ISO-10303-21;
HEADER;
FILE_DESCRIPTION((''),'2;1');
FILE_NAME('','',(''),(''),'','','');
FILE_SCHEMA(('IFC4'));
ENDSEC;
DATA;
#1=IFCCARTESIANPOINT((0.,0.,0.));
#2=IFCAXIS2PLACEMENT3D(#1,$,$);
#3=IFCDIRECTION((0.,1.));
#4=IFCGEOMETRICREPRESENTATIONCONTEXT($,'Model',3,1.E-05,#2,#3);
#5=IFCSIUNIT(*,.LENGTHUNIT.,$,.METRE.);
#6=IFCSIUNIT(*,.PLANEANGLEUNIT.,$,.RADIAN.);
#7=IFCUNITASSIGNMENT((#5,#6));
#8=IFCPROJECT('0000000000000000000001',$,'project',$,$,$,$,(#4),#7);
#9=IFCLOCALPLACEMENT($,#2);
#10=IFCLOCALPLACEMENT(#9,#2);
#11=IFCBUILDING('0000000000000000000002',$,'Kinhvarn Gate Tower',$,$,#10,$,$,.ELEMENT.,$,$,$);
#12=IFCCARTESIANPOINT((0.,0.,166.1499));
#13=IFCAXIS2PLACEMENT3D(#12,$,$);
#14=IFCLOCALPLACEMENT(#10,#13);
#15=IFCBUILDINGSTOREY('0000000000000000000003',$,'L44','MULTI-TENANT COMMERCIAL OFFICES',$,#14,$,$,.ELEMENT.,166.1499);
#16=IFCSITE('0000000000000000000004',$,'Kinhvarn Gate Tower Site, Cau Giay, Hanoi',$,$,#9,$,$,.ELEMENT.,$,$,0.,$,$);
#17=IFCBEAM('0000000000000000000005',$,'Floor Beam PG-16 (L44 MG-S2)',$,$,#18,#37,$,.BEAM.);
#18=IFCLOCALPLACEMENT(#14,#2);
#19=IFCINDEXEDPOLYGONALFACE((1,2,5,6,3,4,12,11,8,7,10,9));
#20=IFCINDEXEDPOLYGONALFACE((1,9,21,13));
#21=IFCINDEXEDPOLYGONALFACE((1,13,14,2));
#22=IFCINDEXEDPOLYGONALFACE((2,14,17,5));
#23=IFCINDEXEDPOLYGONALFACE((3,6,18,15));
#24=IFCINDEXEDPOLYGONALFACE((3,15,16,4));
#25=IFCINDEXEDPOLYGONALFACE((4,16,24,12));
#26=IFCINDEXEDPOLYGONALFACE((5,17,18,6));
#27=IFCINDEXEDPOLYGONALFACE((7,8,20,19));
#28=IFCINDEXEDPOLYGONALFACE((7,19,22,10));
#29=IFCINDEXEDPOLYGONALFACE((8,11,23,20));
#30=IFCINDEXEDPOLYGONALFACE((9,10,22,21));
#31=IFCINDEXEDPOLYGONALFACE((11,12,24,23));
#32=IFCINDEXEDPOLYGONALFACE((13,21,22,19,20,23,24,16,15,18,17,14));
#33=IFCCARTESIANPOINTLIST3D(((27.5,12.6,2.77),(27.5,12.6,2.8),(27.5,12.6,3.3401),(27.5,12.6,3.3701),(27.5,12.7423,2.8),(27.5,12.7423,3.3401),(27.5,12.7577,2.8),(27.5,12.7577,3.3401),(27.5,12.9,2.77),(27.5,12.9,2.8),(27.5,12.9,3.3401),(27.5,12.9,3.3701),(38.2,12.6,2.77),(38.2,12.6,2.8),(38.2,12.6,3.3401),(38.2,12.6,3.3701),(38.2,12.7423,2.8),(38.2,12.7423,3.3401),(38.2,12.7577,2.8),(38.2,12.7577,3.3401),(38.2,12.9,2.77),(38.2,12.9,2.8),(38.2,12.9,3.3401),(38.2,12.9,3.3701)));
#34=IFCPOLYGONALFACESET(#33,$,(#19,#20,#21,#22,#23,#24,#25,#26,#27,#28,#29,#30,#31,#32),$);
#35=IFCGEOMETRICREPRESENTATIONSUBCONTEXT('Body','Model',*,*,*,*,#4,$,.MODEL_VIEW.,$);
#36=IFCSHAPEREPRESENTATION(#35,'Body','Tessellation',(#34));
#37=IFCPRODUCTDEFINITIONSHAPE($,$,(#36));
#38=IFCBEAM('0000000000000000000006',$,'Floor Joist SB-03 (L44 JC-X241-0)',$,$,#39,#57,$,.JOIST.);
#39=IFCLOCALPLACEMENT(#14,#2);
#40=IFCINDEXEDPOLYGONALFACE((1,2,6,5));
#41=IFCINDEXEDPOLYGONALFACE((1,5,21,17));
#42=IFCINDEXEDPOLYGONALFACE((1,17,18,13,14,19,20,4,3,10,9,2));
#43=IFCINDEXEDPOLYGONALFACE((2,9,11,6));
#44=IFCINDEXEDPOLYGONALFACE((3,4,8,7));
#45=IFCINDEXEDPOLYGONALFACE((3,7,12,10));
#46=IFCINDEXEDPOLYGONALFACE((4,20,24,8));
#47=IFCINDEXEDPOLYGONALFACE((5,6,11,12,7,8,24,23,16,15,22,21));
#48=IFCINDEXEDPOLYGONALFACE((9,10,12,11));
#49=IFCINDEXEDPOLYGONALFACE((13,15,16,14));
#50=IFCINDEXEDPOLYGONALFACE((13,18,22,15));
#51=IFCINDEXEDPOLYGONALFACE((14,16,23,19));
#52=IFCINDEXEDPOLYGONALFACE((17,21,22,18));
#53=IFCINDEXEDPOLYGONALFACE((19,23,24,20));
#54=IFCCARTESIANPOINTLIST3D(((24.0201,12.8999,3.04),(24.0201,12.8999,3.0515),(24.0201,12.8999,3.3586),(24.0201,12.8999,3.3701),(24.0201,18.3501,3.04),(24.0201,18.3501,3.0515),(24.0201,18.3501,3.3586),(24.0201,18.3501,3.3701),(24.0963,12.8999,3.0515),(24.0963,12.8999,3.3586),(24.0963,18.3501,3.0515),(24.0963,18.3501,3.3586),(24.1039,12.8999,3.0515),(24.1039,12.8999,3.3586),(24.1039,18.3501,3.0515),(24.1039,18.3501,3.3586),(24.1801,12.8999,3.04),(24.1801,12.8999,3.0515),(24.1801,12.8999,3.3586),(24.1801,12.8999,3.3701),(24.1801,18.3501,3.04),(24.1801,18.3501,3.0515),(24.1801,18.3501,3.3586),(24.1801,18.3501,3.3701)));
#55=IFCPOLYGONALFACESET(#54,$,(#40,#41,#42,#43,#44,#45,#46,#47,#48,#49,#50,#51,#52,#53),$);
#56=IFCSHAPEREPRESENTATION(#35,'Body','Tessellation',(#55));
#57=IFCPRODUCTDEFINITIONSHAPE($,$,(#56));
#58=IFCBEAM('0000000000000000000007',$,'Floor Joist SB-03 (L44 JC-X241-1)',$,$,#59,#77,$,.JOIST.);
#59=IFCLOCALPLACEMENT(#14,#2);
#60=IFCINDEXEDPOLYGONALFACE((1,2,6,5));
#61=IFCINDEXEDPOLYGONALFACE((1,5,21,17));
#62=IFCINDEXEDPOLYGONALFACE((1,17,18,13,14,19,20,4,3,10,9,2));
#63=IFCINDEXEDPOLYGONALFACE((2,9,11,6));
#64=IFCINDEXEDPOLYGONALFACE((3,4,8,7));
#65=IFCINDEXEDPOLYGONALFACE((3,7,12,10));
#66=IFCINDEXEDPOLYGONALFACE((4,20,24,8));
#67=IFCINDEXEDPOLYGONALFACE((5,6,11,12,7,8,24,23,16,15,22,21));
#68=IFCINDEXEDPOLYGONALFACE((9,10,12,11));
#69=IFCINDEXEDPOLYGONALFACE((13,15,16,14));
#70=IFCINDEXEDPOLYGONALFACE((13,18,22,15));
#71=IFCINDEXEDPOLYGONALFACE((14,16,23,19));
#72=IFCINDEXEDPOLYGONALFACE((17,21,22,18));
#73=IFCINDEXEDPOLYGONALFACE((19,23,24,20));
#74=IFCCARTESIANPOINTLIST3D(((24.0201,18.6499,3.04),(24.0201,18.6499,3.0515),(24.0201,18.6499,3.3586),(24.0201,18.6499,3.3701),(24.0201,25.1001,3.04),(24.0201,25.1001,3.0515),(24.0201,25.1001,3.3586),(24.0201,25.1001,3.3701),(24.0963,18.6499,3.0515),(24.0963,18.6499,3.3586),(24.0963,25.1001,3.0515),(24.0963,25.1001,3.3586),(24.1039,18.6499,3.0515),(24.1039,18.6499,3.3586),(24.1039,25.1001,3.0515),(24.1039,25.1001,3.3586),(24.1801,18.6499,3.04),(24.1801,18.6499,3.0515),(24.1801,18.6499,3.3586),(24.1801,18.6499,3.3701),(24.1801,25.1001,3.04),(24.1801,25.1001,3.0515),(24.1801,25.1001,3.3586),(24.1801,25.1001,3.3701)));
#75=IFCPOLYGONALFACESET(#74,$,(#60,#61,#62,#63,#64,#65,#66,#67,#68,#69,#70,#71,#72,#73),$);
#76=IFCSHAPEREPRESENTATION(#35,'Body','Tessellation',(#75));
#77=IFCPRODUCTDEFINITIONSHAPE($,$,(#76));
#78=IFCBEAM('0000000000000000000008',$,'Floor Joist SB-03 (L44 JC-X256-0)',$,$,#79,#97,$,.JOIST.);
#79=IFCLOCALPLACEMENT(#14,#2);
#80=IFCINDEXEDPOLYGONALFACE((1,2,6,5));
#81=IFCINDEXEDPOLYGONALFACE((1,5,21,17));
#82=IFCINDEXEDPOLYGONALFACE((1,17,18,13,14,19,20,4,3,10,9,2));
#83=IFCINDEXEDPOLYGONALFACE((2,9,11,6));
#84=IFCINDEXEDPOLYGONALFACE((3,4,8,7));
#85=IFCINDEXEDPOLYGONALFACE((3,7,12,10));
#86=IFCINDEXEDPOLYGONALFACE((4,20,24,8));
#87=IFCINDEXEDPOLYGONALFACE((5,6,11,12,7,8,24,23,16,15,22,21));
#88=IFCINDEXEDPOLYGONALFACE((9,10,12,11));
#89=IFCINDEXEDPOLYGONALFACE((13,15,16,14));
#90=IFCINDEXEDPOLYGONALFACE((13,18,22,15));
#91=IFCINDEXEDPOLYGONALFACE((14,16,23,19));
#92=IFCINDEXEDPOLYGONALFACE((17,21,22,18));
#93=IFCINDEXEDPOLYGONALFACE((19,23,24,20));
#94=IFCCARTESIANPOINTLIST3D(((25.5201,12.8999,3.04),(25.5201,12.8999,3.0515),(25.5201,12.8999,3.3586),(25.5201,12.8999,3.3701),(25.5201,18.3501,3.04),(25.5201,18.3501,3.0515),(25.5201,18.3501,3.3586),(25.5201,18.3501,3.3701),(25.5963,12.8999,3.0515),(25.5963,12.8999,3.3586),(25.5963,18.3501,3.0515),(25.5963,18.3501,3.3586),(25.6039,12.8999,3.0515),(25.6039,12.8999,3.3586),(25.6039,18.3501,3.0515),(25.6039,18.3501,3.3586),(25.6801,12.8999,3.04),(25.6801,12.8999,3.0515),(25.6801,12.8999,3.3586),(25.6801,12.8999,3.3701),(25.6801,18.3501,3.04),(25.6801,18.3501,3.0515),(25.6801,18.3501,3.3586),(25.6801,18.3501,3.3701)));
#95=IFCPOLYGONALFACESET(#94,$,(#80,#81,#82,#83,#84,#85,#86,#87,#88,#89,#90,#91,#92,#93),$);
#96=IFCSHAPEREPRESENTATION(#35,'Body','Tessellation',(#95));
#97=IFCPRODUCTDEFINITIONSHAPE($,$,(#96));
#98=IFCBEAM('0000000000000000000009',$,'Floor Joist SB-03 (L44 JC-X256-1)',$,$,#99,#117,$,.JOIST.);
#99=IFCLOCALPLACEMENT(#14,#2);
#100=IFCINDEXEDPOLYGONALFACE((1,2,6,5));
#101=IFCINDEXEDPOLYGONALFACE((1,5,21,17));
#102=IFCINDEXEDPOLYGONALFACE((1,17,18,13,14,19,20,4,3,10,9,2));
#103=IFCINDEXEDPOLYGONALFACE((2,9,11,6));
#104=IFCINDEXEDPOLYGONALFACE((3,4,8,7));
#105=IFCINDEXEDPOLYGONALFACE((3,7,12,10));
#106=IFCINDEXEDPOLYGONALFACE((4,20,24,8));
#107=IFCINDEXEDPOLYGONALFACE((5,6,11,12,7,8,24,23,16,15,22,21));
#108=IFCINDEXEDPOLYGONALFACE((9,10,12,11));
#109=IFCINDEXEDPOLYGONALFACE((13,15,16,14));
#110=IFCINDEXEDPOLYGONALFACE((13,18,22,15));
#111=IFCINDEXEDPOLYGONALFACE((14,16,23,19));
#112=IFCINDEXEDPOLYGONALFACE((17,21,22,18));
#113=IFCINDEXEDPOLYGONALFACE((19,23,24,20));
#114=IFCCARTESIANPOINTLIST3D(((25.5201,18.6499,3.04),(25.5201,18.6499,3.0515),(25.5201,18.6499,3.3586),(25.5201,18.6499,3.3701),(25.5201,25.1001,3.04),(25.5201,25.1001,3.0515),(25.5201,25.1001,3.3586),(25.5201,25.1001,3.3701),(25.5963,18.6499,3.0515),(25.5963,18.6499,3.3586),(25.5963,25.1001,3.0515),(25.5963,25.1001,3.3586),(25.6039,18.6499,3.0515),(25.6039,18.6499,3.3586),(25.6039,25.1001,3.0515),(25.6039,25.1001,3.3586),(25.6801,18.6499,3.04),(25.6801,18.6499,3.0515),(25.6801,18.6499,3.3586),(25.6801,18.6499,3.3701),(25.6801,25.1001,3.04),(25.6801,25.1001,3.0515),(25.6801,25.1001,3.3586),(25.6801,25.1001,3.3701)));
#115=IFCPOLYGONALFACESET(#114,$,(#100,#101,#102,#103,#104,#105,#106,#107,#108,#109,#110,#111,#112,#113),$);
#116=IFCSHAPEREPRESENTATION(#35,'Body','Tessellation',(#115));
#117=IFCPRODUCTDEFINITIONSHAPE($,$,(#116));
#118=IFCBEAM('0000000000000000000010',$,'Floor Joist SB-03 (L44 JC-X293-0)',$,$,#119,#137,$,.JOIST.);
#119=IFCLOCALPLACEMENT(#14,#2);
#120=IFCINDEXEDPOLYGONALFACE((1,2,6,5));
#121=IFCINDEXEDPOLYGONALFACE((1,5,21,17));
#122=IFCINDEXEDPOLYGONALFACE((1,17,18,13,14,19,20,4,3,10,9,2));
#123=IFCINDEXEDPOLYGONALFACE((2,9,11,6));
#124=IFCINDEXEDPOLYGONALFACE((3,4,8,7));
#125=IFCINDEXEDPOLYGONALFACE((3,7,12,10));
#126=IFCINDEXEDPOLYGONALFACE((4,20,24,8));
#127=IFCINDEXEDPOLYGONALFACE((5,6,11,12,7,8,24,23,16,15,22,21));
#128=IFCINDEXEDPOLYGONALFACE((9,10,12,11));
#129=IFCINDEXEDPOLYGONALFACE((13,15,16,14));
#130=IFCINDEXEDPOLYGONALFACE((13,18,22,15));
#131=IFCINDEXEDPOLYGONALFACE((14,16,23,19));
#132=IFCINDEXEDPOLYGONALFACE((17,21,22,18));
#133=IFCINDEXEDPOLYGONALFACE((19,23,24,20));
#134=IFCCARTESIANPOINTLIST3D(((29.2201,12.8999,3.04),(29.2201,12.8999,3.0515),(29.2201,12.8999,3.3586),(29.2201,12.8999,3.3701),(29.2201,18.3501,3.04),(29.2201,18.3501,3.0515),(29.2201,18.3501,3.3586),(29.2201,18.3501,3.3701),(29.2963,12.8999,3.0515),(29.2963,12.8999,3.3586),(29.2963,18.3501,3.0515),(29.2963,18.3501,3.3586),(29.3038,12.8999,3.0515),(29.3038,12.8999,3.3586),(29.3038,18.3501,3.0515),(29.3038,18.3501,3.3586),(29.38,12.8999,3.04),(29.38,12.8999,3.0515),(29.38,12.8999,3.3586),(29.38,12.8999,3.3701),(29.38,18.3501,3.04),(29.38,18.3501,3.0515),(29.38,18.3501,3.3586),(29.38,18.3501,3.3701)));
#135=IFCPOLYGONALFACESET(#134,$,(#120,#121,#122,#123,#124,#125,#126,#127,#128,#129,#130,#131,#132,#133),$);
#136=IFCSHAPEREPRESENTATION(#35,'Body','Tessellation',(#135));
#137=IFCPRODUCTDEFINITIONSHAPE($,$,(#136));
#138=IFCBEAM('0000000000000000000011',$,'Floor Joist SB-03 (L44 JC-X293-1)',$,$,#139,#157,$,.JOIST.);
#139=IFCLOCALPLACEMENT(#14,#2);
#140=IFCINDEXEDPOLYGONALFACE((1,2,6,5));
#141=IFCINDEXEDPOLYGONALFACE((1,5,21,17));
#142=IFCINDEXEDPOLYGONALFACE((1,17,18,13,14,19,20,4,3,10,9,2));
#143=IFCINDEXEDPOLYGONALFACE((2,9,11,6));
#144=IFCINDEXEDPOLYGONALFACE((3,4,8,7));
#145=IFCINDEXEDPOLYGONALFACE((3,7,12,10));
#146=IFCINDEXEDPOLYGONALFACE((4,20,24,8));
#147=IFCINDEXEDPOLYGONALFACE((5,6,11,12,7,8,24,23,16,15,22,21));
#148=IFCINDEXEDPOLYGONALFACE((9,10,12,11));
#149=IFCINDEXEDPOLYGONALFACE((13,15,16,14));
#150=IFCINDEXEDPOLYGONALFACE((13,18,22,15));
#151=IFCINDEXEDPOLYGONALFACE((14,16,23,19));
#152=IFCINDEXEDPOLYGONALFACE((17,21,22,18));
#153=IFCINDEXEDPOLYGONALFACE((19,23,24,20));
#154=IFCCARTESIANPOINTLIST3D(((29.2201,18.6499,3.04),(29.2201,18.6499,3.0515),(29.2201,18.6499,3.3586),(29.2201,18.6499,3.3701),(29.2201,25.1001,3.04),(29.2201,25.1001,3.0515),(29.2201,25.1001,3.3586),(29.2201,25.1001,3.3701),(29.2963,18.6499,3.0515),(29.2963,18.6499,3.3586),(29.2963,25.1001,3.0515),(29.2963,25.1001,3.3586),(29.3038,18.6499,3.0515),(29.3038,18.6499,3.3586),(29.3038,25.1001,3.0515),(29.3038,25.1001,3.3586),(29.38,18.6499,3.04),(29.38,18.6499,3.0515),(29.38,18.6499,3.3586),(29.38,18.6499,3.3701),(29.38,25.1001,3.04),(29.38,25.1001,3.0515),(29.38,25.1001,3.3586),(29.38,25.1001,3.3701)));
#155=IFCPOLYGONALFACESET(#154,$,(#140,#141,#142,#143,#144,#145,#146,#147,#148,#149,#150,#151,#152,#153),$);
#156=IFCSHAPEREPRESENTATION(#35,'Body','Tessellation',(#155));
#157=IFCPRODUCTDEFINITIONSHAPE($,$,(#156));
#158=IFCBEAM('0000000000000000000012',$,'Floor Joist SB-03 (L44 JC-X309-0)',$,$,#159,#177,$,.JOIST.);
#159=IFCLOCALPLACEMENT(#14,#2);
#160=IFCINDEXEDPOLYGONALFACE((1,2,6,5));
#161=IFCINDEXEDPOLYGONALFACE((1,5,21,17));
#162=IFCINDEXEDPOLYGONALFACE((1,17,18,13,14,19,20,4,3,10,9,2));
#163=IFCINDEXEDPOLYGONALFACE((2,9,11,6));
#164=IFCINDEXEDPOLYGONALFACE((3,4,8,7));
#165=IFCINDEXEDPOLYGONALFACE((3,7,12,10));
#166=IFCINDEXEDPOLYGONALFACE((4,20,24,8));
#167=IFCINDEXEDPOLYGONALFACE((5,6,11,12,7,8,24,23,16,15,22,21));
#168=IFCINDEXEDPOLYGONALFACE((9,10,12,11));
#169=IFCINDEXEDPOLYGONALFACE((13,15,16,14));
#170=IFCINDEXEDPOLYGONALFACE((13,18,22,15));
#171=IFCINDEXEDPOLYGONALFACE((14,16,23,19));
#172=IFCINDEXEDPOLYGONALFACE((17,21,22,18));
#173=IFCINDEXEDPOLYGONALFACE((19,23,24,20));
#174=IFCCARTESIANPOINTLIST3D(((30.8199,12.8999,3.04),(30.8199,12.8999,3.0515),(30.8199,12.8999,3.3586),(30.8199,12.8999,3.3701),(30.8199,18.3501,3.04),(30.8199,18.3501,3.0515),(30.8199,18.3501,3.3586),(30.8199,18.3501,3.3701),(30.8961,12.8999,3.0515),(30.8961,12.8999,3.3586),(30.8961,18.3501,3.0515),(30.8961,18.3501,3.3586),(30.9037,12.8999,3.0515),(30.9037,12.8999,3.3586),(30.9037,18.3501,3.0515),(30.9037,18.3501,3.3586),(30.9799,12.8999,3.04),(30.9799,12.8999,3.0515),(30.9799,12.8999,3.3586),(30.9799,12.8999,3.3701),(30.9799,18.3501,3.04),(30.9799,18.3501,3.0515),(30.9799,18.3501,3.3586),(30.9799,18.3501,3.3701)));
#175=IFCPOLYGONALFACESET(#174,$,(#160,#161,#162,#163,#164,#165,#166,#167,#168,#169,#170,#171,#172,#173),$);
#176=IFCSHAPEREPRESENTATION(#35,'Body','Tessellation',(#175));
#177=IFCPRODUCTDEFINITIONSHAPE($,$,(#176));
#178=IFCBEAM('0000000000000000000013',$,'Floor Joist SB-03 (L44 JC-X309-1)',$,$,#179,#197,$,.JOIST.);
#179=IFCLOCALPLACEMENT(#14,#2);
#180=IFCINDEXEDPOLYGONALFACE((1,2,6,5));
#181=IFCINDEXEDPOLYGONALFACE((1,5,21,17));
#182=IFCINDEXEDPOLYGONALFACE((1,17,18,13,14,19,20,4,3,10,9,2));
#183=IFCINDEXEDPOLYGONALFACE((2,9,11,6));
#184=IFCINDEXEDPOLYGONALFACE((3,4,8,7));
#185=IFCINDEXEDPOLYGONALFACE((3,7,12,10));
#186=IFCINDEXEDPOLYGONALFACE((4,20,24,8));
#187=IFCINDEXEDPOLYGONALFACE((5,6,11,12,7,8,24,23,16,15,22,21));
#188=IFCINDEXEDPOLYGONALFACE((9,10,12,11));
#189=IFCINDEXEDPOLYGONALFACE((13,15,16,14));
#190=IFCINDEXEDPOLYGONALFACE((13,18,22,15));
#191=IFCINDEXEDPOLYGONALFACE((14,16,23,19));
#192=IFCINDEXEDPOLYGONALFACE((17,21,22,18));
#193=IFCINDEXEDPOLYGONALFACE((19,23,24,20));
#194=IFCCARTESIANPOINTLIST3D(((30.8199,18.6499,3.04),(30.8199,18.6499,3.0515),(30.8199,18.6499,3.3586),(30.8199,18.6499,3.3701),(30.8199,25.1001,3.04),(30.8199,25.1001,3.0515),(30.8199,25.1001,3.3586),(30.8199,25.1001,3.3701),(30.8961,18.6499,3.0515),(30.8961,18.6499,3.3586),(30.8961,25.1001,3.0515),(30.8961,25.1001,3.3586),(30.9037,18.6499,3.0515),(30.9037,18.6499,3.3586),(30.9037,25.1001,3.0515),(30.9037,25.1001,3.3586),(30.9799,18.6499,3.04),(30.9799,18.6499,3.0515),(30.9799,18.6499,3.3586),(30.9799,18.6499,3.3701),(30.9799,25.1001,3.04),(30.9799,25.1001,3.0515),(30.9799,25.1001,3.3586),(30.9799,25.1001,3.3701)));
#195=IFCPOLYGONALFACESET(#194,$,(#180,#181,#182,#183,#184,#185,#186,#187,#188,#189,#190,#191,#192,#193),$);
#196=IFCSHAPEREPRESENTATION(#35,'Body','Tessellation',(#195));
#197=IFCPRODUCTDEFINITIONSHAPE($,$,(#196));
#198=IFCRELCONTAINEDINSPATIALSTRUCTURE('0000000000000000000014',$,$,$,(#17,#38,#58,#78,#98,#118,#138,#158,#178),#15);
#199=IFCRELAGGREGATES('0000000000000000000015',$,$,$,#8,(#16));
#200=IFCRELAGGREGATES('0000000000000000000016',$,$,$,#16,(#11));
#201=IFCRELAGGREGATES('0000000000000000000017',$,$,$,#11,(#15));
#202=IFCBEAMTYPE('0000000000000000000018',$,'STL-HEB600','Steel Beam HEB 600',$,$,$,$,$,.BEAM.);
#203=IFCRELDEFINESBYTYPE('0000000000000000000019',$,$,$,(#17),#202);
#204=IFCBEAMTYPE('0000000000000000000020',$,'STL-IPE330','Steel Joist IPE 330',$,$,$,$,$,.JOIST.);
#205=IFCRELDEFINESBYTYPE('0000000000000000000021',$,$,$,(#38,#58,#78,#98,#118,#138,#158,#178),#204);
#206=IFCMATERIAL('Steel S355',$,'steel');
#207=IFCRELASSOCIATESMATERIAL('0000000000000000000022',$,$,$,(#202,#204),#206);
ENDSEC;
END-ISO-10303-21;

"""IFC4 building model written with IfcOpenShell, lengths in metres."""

from ifc_helpers import new_model, si_unit, direction, frame, origin, origin_2d, place, context, subcontext, project, spatial, i_section, extrude, material, material_profile, profile_set, type_object, element, save


model = new_model("IFC4")

# Units and contexts
model_context = context("Model", 3, precision=1e-05, world=origin(), true_north=direction((0.0, 1.0)))
body_context = subcontext(model_context, "Body", "Model", "MODEL_VIEW")
ifc_project = project(units=[si_unit("LENGTHUNIT", "METRE"), si_unit("PLANEANGLEUNIT", "RADIAN")], contexts=[model_context])

# Site, building, storey
site_placement = place(None, origin())
site = spatial("IfcSite", under=ifc_project, at=site_placement, Name="Kinhvarn Gate Tower Site, Cau Giay, Hanoi", CompositionType="ELEMENT", RefElevation=0.0)
building_placement = place(site_placement, origin())
building = spatial("IfcBuilding", under=site, at=building_placement, Name="Kinhvarn Gate Tower", CompositionType="ELEMENT")
storey_placement = place(building_placement, frame((0.0, 0.0, 166.1499)))
storey = spatial("IfcBuildingStorey", under=building, at=storey_placement, Name="L44", Description="MULTI-TENANT COMMERCIAL OFFICES", CompositionType="ELEMENT", Elevation=166.1499)

# Beams
ifc_material_1 = material(Name="Steel S355", Category="steel")
ifc_material_profile_1 = material_profile(ifc_material_1, i_section(OverallWidth=0.3, OverallDepth=0.6001, WebThickness=0.0154, FlangeThickness=0.03, at=origin_2d()), Name="HEB 600")
ifc_profile_set_1 = profile_set([ifc_material_profile_1], Name="Steel S355")
beam_type_1 = type_object("IfcBeamType", Name="STL-HEB600", Description="Steel Beam HEB 600", PredefinedType="BEAM", material=ifc_profile_set_1)
beam_1_placement = place(storey_placement, frame((27.5, 12.75, 3.0701), z_axis=(1.0, 0.0, 0.0), x_axis=(0.0, 1.0, 0.0)))
element("IfcBeam", 1, at=beam_1_placement, inside=storey, type_object=beam_type_1, Name="Floor Beam PG-16 (L44 MG-S2)", PredefinedType="BEAM", context=body_context, shape_type="SweptSolid", body=[
    extrude(i_section(OverallWidth=0.3, OverallDepth=0.6001, WebThickness=0.0154, FlangeThickness=0.03, at=origin_2d()), origin(), (0.0, 0.0, 1.0), 10.7),
])
ifc_material_profile_2 = material_profile(ifc_material_1, i_section(OverallWidth=0.1599, OverallDepth=0.3301, WebThickness=0.0076, FlangeThickness=0.0115, at=origin_2d()), Name="IPE 330")
ifc_profile_set_2 = profile_set([ifc_material_profile_2], Name="Steel S355")
beam_type_2 = type_object("IfcBeamType", Name="STL-IPE330", Description="Steel Joist IPE 330", PredefinedType="JOIST", material=ifc_profile_set_2)
beam_2_placement = place(storey_placement, frame((24.1001, 12.8999, 3.2051), z_axis=(0.0, 1.0, 0.0), x_axis=(-1.0, 0.0, 0.0)))
element("IfcBeam", 2, at=beam_2_placement, inside=storey, type_object=beam_type_2, Name="Floor Joist SB-03 (L44 JC-X241-0)", PredefinedType="JOIST", context=body_context, shape_type="SweptSolid", body=[
    extrude(i_section(OverallWidth=0.1599, OverallDepth=0.3301, WebThickness=0.0076, FlangeThickness=0.0115, at=origin_2d()), origin(), (0.0, 0.0, 1.0), 5.4502),
])
beam_3_placement = place(storey_placement, frame((24.1001, 18.6499, 3.2051), z_axis=(0.0, 1.0, 0.0), x_axis=(-1.0, 0.0, 0.0)))
element("IfcBeam", 3, at=beam_3_placement, inside=storey, type_object=beam_type_2, Name="Floor Joist SB-03 (L44 JC-X241-1)", PredefinedType="JOIST", context=body_context, shape_type="SweptSolid", body=[
    extrude(i_section(OverallWidth=0.1599, OverallDepth=0.3301, WebThickness=0.0076, FlangeThickness=0.0115, at=origin_2d()), origin(), (0.0, 0.0, 1.0), 6.4502),
])
beam_4_placement = place(storey_placement, frame((25.6001, 12.8999, 3.2051), z_axis=(0.0, 1.0, 0.0), x_axis=(-1.0, 0.0, 0.0)))
element("IfcBeam", 4, at=beam_4_placement, inside=storey, type_object=beam_type_2, Name="Floor Joist SB-03 (L44 JC-X256-0)", PredefinedType="JOIST", context=body_context, shape_type="SweptSolid", body=[
    extrude(i_section(OverallWidth=0.1599, OverallDepth=0.3301, WebThickness=0.0076, FlangeThickness=0.0115, at=origin_2d()), origin(), (0.0, 0.0, 1.0), 5.4502),
])
beam_5_placement = place(storey_placement, frame((25.6001, 18.6499, 3.2051), z_axis=(0.0, 1.0, 0.0), x_axis=(-1.0, 0.0, 0.0)))
element("IfcBeam", 5, at=beam_5_placement, inside=storey, type_object=beam_type_2, Name="Floor Joist SB-03 (L44 JC-X256-1)", PredefinedType="JOIST", context=body_context, shape_type="SweptSolid", body=[
    extrude(i_section(OverallWidth=0.1599, OverallDepth=0.3301, WebThickness=0.0076, FlangeThickness=0.0115, at=origin_2d()), origin(), (0.0, 0.0, 1.0), 6.4502),
])
beam_6_placement = place(storey_placement, frame((29.3, 12.8999, 3.2051), z_axis=(0.0, 1.0, 0.0), x_axis=(-1.0, 0.0, 0.0)))
element("IfcBeam", 6, at=beam_6_placement, inside=storey, type_object=beam_type_2, Name="Floor Joist SB-03 (L44 JC-X293-0)", PredefinedType="JOIST", context=body_context, shape_type="SweptSolid", body=[
    extrude(i_section(OverallWidth=0.1599, OverallDepth=0.3301, WebThickness=0.0076, FlangeThickness=0.0115, at=origin_2d()), origin(), (0.0, 0.0, 1.0), 5.4502),
])
beam_7_placement = place(storey_placement, frame((29.3, 18.6499, 3.2051), z_axis=(0.0, 1.0, 0.0), x_axis=(-1.0, 0.0, 0.0)))
element("IfcBeam", 7, at=beam_7_placement, inside=storey, type_object=beam_type_2, Name="Floor Joist SB-03 (L44 JC-X293-1)", PredefinedType="JOIST", context=body_context, shape_type="SweptSolid", body=[
    extrude(i_section(OverallWidth=0.1599, OverallDepth=0.3301, WebThickness=0.0076, FlangeThickness=0.0115, at=origin_2d()), origin(), (0.0, 0.0, 1.0), 6.4502),
])
beam_8_placement = place(storey_placement, frame((30.8999, 12.8999, 3.2051), z_axis=(0.0, 1.0, 0.0), x_axis=(-1.0, 0.0, 0.0)))
element("IfcBeam", 8, at=beam_8_placement, inside=storey, type_object=beam_type_2, Name="Floor Joist SB-03 (L44 JC-X309-0)", PredefinedType="JOIST", context=body_context, shape_type="SweptSolid", body=[
    extrude(i_section(OverallWidth=0.1599, OverallDepth=0.3301, WebThickness=0.0076, FlangeThickness=0.0115, at=origin_2d()), origin(), (0.0, 0.0, 1.0), 5.4502),
])
beam_9_placement = place(storey_placement, frame((30.8999, 18.6499, 3.2051), z_axis=(0.0, 1.0, 0.0), x_axis=(-1.0, 0.0, 0.0)))
element("IfcBeam", 9, at=beam_9_placement, inside=storey, type_object=beam_type_2, Name="Floor Joist SB-03 (L44 JC-X309-1)", PredefinedType="JOIST", context=body_context, shape_type="SweptSolid", body=[
    extrude(i_section(OverallWidth=0.1599, OverallDepth=0.3301, WebThickness=0.0076, FlangeThickness=0.0115, at=origin_2d()), origin(), (0.0, 0.0, 1.0), 6.4502),
])

save(model, "model.ifc")
